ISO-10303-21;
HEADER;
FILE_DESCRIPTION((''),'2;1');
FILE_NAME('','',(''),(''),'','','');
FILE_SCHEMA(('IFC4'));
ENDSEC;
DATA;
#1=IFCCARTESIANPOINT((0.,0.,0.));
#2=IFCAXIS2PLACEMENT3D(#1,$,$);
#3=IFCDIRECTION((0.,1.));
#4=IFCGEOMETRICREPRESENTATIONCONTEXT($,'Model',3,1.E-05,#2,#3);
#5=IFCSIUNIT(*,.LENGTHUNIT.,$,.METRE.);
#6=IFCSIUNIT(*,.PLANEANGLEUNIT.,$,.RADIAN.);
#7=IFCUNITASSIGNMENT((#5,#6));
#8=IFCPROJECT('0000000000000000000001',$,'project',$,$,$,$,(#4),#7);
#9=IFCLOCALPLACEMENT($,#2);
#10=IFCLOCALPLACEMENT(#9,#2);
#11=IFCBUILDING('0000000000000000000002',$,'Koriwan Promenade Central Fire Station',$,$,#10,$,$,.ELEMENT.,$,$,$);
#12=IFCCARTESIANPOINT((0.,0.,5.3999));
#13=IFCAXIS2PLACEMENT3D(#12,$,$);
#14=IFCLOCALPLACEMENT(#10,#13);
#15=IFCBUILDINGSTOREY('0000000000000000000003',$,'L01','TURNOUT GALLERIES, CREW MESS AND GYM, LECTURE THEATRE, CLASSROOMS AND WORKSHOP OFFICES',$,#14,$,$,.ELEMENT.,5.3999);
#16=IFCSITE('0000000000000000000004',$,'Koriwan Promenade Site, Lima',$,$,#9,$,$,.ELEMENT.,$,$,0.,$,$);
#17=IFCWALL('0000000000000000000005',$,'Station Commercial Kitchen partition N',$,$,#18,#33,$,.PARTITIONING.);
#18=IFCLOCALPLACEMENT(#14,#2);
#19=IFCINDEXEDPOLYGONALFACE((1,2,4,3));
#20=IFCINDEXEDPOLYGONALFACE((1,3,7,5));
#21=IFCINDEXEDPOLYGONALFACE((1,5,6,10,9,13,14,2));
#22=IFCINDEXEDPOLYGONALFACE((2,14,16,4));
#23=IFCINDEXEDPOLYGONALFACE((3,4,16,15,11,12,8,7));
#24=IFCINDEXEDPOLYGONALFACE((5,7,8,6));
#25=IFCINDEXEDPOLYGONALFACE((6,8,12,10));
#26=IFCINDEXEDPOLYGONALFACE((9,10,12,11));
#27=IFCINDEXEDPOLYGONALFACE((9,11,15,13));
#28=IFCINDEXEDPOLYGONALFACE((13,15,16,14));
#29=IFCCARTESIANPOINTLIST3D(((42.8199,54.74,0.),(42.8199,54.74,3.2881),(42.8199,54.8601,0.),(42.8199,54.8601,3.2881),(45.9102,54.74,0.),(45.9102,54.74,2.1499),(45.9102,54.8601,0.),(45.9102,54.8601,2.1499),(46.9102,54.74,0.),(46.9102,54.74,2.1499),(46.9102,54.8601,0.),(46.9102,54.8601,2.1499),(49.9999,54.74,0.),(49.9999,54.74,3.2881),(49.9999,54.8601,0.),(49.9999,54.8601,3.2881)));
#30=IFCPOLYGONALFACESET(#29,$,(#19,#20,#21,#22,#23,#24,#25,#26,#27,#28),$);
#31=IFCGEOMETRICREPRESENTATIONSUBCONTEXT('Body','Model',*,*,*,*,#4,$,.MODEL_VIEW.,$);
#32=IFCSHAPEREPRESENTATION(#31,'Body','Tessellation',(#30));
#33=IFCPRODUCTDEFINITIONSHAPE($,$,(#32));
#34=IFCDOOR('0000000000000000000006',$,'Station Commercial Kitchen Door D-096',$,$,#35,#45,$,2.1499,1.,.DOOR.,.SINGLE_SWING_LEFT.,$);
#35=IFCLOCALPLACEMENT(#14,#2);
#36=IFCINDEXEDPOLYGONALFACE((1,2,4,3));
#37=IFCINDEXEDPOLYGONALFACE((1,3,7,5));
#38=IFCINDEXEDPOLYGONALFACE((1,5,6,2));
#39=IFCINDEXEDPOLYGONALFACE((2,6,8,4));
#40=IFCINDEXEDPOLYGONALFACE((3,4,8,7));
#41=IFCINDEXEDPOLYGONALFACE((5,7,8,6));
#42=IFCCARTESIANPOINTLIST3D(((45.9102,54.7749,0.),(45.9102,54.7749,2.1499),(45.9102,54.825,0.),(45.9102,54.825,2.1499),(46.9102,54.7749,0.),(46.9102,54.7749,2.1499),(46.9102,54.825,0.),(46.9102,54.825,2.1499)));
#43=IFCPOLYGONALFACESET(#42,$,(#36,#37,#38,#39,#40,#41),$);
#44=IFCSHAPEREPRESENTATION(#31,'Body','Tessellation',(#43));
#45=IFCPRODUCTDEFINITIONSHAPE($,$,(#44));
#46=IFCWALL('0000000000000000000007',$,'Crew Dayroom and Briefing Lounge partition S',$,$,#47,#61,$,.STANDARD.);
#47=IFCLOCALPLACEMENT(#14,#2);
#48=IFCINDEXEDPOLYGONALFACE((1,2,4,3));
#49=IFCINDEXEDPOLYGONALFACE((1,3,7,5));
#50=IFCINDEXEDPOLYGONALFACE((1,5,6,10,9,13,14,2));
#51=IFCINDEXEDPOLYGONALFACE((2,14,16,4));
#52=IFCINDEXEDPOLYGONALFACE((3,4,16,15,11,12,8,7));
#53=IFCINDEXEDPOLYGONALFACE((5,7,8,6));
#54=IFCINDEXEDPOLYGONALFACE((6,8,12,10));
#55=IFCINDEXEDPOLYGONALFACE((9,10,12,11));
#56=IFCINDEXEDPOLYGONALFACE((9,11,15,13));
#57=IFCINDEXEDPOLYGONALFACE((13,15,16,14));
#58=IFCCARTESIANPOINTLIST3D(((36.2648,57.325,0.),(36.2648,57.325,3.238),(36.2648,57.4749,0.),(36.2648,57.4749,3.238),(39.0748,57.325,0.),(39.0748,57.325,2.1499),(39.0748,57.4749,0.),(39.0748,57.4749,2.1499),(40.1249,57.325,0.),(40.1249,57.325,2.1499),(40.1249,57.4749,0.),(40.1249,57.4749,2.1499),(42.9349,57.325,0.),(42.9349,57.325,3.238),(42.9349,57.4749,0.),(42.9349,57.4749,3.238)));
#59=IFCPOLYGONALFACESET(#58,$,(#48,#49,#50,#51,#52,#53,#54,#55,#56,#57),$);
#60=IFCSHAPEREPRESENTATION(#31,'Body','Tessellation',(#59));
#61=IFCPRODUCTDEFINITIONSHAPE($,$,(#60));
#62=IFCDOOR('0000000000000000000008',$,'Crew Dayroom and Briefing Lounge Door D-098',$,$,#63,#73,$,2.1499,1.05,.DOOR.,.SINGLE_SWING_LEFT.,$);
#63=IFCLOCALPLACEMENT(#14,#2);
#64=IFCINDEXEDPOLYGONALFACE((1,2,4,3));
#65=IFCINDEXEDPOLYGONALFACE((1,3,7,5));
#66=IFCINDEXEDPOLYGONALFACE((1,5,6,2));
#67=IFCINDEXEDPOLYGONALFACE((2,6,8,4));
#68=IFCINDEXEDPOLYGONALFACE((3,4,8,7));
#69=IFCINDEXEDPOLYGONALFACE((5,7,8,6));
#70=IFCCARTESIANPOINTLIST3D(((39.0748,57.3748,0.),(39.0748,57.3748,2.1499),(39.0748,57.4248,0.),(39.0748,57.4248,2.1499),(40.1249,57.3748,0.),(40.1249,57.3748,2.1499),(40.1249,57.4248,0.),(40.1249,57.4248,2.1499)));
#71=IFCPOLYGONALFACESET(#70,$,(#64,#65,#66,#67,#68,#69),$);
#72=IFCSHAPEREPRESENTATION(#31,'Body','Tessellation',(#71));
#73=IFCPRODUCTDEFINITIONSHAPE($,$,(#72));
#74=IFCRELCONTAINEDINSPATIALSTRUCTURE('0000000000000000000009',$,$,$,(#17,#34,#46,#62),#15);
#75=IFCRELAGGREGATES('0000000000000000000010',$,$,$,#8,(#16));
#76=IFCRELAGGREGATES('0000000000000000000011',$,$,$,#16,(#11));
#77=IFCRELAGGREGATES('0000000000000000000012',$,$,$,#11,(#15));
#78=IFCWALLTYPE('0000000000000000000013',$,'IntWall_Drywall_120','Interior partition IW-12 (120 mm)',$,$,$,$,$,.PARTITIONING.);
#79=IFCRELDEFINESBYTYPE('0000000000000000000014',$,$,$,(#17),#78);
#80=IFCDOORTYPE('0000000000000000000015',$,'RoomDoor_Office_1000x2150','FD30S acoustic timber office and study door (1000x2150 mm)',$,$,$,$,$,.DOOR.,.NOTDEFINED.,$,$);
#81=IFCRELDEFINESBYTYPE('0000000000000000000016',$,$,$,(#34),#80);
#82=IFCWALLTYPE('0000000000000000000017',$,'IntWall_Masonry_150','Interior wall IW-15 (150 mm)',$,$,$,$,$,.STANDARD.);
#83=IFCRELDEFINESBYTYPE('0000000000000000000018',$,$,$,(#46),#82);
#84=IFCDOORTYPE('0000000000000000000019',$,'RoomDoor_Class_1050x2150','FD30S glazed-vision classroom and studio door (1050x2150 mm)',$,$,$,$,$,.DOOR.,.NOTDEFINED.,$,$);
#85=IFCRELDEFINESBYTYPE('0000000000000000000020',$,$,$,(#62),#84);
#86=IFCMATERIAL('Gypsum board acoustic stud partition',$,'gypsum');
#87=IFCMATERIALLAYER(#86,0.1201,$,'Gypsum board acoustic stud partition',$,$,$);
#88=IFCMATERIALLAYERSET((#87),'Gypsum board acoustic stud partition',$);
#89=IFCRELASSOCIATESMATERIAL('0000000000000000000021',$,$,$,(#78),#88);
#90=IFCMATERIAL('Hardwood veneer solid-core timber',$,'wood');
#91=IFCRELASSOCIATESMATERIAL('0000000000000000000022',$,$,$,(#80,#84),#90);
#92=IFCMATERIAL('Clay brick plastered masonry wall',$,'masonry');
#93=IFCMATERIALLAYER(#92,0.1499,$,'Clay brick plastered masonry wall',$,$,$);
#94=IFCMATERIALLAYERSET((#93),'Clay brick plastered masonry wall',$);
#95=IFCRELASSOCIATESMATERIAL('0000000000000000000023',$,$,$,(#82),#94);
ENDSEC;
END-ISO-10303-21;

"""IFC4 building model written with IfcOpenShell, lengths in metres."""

from ifc_helpers import new_model, si_unit, direction, frame, frame_2d, origin, place, context, subcontext, project, spatial, rectangle, extrude, material, layer, layer_set, type_object, element, fill, save


model = new_model("IFC4")

# Units and contexts
model_context = context("Model", 3, precision=1e-05, world=origin(), true_north=direction((0.0, 1.0)))
body_context = subcontext(model_context, "Body", "Model", "MODEL_VIEW")
ifc_project = project(units=[si_unit("LENGTHUNIT", "METRE"), si_unit("PLANEANGLEUNIT", "RADIAN")], contexts=[model_context])

# Site, building, storey
site_placement = place(None, origin())
site = spatial("IfcSite", under=ifc_project, at=site_placement, Name="Koriwan Promenade Site, Lima", CompositionType="ELEMENT", RefElevation=0.0)
building_placement = place(site_placement, origin())
building = spatial("IfcBuilding", under=site, at=building_placement, Name="Koriwan Promenade Central Fire Station", CompositionType="ELEMENT")
storey_placement = place(building_placement, frame((0.0, 0.0, 5.3999)))
storey = spatial("IfcBuildingStorey", under=building, at=storey_placement, Name="L01", Description="TURNOUT GALLERIES, CREW MESS AND GYM, LECTURE THEATRE, CLASSROOMS AND WORKSHOP OFFICES", CompositionType="ELEMENT", Elevation=5.3999)

# Walls, openings, doors
ifc_material_1 = material(Name="Gypsum board acoustic stud partition", Category="gypsum")
ifc_layer_1 = layer(ifc_material_1, 0.1201, Name="Gypsum board acoustic stud partition")
ifc_layer_set_1 = layer_set([ifc_layer_1], Name="Gypsum board acoustic stud partition")
wall_type_1 = type_object("IfcWallType", Name="IntWall_Drywall_120", Description="Interior partition IW-12 (120 mm)", PredefinedType="PARTITIONING", material=ifc_layer_set_1)
wall_1_placement = place(storey_placement, frame((42.8201, 54.8, 0.0), z_axis=(0.0, 0.0, 1.0), x_axis=(1.0, 0.0, 0.0)))
wall_1 = element("IfcWall", 1, at=wall_1_placement, inside=storey, type_object=wall_type_1, Name="Station Commercial Kitchen partition N", PredefinedType="PARTITIONING", context=body_context, shape_type="SweptSolid", body=[
    extrude(rectangle(XDim=7.1799, YDim=0.1201, at=frame_2d((3.5898, 0.0))), origin(), (0.0, 0.0, 1.0), 3.2881),
])
opening_1_placement = place(wall_1_placement, frame((3.0901, 0.0, 0.0)))
opening_1 = element("IfcOpeningElement", 2, at=opening_1_placement, cuts=wall_1, PredefinedType="OPENING", context=body_context, shape_type="SweptSolid", body=[
    extrude(rectangle(XDim=1.0, YDim=2.1499, at=frame_2d((0.5, 1.075))), frame((0.0, 0.072, 0.0), z_axis=(0.0, -1.0, 0.0), x_axis=(1.0, 0.0, 0.0)), (0.0, 0.0, 1.0), 0.144),
])
ifc_material_2 = material(Name="Hardwood veneer solid-core timber", Category="wood")
door_type_1 = type_object("IfcDoorType", Name="RoomDoor_Office_1000x2150", Description="FD30S acoustic timber office and study door (1000x2150 mm)", OperationType="NOTDEFINED", PredefinedType="DOOR", material=ifc_material_2)
door_1_placement = place(opening_1_placement, origin())
door_1 = element("IfcDoor", 3, at=door_1_placement, inside=storey, type_object=door_type_1, Name="Station Commercial Kitchen Door D-096", OperationType="SINGLE_SWING_LEFT", OverallHeight=2.1499, OverallWidth=1.0, PredefinedType="DOOR", context=body_context, shape_type="SweptSolid", body=[
    extrude(rectangle(XDim=1.0, YDim=2.1499, at=frame_2d((0.5, 1.075))), frame((0.0, 0.0249, 0.0), z_axis=(0.0, -1.0, 0.0), x_axis=(1.0, 0.0, 0.0)), (0.0, 0.0, 1.0), 0.05),
])
fill(opening_1, door_1)
ifc_material_3 = material(Name="Clay brick plastered masonry wall", Category="masonry")
ifc_layer_2 = layer(ifc_material_3, 0.1499, Name="Clay brick plastered masonry wall")
ifc_layer_set_2 = layer_set([ifc_layer_2], Name="Clay brick plastered masonry wall")
wall_type_2 = type_object("IfcWallType", Name="IntWall_Masonry_150", Description="Interior wall IW-15 (150 mm)", PredefinedType="STANDARD", material=ifc_layer_set_2)
wall_2_placement = place(storey_placement, frame((36.2649, 57.3999, 0.0), z_axis=(0.0, 0.0, 1.0), x_axis=(1.0, 0.0, 0.0)))
wall_2 = element("IfcWall", 4, at=wall_2_placement, inside=storey, type_object=wall_type_2, Name="Crew Dayroom and Briefing Lounge partition S", PredefinedType="STANDARD", context=body_context, shape_type="SweptSolid", body=[
    extrude(rectangle(XDim=6.6702, YDim=0.1499, at=frame_2d((3.335, 0.0))), origin(), (0.0, 0.0, 1.0), 3.238),
])
opening_2_placement = place(wall_2_placement, frame((2.8101, 0.0, 0.0)))
opening_2 = element("IfcOpeningElement", 5, at=opening_2_placement, cuts=wall_2, PredefinedType="OPENING", context=body_context, shape_type="SweptSolid", body=[
    extrude(rectangle(XDim=1.05, YDim=2.1499, at=frame_2d((0.5249, 1.075))), frame((0.0, 0.0869, 0.0), z_axis=(0.0, -1.0, 0.0), x_axis=(1.0, 0.0, 0.0)), (0.0, 0.0, 1.0), 0.1738),
])
door_type_2 = type_object("IfcDoorType", Name="RoomDoor_Class_1050x2150", Description="FD30S glazed-vision classroom and studio door (1050x2150 mm)", OperationType="NOTDEFINED", PredefinedType="DOOR", material=ifc_material_2)
door_2_placement = place(opening_2_placement, origin())
door_2 = element("IfcDoor", 6, at=door_2_placement, inside=storey, type_object=door_type_2, Name="Crew Dayroom and Briefing Lounge Door D-098", OperationType="SINGLE_SWING_LEFT", OverallHeight=2.1499, OverallWidth=1.05, PredefinedType="DOOR", context=body_context, shape_type="SweptSolid", body=[
    extrude(rectangle(XDim=1.05, YDim=2.1499, at=frame_2d((0.5249, 1.075))), frame((0.0, 0.0249, 0.0), z_axis=(0.0, -1.0, 0.0), x_axis=(1.0, 0.0, 0.0)), (0.0, 0.0, 1.0), 0.05),
])
fill(opening_2, door_2)

save(model, "model.ifc")
